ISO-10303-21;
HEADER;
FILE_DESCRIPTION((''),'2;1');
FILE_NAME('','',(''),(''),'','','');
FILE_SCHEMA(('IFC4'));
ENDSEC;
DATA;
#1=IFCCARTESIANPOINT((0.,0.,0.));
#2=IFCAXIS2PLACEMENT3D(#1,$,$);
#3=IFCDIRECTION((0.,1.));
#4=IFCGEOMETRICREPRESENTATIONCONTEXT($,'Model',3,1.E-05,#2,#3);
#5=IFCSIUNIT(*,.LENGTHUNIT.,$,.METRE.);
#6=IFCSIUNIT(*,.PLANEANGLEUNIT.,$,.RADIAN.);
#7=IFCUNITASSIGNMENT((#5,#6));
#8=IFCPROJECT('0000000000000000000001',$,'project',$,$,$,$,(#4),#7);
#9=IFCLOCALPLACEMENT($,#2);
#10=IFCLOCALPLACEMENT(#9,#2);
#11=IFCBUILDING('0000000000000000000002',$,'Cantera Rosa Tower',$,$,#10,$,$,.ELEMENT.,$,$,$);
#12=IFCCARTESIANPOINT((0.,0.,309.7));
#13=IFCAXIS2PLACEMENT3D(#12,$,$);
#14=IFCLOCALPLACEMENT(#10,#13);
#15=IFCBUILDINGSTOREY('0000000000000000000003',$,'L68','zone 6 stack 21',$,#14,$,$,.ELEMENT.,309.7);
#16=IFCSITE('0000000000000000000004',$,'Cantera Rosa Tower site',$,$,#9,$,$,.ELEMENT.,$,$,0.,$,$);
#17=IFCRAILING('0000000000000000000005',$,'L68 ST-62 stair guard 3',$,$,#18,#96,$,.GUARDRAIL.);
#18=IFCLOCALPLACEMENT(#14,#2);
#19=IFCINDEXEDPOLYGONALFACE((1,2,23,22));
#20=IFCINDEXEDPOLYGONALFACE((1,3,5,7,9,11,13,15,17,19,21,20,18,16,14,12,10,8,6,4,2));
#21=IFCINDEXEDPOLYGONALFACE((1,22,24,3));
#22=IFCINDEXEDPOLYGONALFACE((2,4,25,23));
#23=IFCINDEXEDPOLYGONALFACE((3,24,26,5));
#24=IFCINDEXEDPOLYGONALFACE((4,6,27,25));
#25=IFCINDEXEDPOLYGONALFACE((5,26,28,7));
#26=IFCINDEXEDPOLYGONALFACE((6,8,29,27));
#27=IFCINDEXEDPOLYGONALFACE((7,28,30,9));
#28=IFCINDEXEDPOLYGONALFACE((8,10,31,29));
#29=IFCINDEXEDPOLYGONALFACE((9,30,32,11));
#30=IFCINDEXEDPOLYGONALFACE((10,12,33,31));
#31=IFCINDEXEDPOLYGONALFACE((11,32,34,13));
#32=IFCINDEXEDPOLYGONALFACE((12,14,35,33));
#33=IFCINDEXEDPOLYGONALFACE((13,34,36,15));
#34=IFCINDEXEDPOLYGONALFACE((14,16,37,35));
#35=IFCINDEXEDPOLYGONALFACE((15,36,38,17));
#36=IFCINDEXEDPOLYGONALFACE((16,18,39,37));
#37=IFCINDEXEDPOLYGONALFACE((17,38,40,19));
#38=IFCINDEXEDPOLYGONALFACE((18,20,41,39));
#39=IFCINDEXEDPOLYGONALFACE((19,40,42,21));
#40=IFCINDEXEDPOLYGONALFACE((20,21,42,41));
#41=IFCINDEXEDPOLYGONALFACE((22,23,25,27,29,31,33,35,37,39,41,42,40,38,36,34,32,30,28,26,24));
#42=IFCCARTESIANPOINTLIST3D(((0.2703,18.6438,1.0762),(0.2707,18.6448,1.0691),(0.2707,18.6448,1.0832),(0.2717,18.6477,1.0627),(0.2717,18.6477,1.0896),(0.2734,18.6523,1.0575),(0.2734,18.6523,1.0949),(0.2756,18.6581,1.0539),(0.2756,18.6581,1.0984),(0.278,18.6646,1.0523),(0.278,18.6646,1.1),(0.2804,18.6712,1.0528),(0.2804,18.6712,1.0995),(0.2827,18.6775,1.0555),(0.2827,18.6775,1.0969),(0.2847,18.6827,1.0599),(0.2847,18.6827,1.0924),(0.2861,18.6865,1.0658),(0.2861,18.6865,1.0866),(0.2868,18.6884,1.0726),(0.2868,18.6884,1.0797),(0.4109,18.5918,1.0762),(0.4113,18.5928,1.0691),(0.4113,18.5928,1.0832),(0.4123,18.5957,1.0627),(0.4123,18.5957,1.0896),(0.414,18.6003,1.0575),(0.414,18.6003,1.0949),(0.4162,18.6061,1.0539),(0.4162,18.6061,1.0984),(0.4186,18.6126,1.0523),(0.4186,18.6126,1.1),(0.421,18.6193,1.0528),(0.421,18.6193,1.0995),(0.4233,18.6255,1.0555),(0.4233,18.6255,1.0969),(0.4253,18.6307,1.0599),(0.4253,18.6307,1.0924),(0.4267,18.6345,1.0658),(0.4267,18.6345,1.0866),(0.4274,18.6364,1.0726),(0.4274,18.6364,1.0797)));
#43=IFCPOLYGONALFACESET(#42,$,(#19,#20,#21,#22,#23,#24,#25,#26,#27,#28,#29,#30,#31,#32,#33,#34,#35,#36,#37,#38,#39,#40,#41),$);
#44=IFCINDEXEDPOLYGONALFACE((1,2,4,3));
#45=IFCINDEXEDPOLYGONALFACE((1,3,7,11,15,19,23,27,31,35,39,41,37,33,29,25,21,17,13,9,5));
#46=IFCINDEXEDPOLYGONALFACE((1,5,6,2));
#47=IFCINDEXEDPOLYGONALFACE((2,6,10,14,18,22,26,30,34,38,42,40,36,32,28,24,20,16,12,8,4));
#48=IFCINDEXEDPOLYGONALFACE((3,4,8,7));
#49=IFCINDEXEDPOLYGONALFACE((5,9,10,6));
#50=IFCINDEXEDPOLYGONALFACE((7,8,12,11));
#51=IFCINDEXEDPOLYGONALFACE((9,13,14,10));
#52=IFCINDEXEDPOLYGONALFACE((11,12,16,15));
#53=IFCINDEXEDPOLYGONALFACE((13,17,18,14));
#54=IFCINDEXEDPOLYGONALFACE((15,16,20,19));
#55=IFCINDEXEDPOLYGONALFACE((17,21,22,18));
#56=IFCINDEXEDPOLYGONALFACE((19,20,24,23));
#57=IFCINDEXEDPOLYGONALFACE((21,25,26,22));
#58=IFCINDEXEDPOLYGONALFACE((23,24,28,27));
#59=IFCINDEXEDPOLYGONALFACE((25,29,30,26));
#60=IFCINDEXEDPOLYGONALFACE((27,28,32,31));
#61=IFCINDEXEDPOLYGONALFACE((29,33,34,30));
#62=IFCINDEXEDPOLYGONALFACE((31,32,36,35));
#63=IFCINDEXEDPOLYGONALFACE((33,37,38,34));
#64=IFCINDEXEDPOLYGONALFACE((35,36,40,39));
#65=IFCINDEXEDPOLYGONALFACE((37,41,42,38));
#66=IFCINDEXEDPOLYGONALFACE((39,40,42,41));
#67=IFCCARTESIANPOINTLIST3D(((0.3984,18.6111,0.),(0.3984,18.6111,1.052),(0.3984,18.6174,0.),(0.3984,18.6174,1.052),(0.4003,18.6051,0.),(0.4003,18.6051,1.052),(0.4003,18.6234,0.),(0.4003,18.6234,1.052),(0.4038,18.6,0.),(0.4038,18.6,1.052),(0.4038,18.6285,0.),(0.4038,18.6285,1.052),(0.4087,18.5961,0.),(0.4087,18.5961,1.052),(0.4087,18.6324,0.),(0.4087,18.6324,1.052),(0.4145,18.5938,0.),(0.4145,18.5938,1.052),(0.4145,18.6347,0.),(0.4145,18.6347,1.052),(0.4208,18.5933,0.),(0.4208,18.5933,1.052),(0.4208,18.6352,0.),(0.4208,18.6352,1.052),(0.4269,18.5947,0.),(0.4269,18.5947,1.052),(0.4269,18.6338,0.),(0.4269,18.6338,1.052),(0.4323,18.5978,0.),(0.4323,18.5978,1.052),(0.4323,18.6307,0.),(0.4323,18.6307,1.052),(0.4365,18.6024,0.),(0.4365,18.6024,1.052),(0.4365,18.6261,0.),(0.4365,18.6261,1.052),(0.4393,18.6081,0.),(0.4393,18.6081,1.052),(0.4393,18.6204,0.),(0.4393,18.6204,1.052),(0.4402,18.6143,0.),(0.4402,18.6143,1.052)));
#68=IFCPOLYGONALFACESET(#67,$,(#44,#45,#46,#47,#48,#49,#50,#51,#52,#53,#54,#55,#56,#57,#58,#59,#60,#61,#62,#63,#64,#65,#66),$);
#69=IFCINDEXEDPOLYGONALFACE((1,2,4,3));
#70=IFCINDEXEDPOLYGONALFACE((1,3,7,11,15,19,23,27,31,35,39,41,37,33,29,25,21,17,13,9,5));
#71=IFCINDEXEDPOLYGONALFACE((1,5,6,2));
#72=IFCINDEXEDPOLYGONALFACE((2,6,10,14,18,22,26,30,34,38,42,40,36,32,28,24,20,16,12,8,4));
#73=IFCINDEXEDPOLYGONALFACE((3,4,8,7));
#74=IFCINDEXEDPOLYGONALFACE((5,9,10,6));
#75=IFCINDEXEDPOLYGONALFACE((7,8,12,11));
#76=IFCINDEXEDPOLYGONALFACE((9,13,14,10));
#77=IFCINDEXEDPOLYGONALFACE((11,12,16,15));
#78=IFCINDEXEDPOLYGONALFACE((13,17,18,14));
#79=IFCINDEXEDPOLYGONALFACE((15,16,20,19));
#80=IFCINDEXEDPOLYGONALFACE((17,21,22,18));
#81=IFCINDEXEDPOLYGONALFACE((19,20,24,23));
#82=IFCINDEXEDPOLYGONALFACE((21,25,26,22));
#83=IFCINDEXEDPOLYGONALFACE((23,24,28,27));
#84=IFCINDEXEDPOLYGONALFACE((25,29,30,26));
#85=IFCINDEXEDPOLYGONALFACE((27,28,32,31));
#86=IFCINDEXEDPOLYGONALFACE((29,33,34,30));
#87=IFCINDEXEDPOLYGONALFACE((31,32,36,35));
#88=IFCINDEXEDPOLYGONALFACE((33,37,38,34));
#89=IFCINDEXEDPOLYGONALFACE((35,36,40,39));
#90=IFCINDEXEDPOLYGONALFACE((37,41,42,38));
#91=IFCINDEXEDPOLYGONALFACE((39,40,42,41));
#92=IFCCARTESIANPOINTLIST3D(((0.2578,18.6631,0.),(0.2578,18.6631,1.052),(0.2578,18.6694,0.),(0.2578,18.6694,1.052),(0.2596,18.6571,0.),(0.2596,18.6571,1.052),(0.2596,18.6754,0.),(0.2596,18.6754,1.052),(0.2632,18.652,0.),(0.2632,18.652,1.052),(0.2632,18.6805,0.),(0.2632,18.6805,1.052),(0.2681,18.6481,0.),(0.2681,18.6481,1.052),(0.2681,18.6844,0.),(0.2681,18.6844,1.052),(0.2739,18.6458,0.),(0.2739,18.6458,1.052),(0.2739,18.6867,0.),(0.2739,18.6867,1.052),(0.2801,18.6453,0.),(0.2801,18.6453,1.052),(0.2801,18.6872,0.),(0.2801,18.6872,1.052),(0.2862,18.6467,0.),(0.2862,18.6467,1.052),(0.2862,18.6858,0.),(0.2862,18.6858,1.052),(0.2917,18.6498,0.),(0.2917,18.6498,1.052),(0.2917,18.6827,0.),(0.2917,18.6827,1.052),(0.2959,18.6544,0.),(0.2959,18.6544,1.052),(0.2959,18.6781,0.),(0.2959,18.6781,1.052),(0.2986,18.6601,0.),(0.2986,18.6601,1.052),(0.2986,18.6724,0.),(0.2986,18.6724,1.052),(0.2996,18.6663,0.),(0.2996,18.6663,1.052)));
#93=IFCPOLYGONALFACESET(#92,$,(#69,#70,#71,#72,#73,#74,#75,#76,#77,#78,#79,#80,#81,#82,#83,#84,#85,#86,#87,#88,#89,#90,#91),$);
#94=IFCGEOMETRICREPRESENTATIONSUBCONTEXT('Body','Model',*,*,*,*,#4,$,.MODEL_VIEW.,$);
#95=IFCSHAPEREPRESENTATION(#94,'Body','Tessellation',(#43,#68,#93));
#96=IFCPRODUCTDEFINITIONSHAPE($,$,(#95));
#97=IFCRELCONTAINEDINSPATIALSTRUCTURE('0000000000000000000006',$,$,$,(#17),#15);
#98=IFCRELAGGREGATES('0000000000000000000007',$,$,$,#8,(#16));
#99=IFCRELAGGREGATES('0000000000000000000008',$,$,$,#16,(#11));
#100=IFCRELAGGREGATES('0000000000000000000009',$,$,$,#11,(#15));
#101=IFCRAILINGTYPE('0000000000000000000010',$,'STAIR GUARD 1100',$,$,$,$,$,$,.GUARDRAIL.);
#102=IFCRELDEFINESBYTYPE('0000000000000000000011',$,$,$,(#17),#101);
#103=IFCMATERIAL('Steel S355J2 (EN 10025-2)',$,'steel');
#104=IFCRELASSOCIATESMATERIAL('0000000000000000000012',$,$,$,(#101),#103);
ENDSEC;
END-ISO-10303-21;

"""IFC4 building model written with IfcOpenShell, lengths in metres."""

from ifc_helpers import new_model, si_unit, direction, frame, origin, origin_2d, place, context, subcontext, project, spatial, circle, extrude, material, type_object, element, save


model = new_model("IFC4")

# Units and contexts
model_context = context("Model", 3, precision=1e-05, world=origin(), true_north=direction((0.0, 1.0)))
body_context = subcontext(model_context, "Body", "Model", "MODEL_VIEW")
ifc_project = project(units=[si_unit("LENGTHUNIT", "METRE"), si_unit("PLANEANGLEUNIT", "RADIAN")], contexts=[model_context])

# Site, building, storey
site_placement = place(None, origin())
site = spatial("IfcSite", under=ifc_project, at=site_placement, Name="Cantera Rosa Tower site", CompositionType="ELEMENT", RefElevation=0.0)
building_placement = place(site_placement, origin())
building = spatial("IfcBuilding", under=site, at=building_placement, Name="Cantera Rosa Tower", CompositionType="ELEMENT")
storey_placement = place(building_placement, frame((0.0, 0.0, 309.7)))
storey = spatial("IfcBuildingStorey", under=building, at=storey_placement, Name="L68", Description="zone 6 stack 21", CompositionType="ELEMENT", Elevation=309.7)

# Railing
ifc_material_1 = material(Name="Steel S355J2 (EN 10025-2)", Category="steel")
railing_type_1 = type_object("IfcRailingType", Name="STAIR GUARD 1100", PredefinedType="GUARDRAIL", material=ifc_material_1)
railing_1_placement = place(storey_placement, frame((0.4192, 18.6143, 0.0)))
element("IfcRailing", 1, at=railing_1_placement, inside=storey, type_object=railing_type_1, Name="L68 ST-62 stair guard 3", PredefinedType="GUARDRAIL", context=body_context, shape_type="SweptSolid", body=[
    extrude(circle(Radius=0.0239, at=origin_2d()), frame((0.0, 0.0, 1.0762), z_axis=(-0.937925, 0.346837, 0.0), x_axis=(-0.346837, -0.937925, 0.0)), (0.0, 0.0, 1.0), 0.1499),
    extrude(circle(Radius=0.021, at=origin_2d()), origin(), (0.0, 0.0, 1.0), 1.052),
    extrude(circle(Radius=0.021, at=origin_2d()), frame((-0.1406, 0.052, 0.0)), (0.0, 0.0, 1.0), 1.052),
])

save(model, "model.ifc")
